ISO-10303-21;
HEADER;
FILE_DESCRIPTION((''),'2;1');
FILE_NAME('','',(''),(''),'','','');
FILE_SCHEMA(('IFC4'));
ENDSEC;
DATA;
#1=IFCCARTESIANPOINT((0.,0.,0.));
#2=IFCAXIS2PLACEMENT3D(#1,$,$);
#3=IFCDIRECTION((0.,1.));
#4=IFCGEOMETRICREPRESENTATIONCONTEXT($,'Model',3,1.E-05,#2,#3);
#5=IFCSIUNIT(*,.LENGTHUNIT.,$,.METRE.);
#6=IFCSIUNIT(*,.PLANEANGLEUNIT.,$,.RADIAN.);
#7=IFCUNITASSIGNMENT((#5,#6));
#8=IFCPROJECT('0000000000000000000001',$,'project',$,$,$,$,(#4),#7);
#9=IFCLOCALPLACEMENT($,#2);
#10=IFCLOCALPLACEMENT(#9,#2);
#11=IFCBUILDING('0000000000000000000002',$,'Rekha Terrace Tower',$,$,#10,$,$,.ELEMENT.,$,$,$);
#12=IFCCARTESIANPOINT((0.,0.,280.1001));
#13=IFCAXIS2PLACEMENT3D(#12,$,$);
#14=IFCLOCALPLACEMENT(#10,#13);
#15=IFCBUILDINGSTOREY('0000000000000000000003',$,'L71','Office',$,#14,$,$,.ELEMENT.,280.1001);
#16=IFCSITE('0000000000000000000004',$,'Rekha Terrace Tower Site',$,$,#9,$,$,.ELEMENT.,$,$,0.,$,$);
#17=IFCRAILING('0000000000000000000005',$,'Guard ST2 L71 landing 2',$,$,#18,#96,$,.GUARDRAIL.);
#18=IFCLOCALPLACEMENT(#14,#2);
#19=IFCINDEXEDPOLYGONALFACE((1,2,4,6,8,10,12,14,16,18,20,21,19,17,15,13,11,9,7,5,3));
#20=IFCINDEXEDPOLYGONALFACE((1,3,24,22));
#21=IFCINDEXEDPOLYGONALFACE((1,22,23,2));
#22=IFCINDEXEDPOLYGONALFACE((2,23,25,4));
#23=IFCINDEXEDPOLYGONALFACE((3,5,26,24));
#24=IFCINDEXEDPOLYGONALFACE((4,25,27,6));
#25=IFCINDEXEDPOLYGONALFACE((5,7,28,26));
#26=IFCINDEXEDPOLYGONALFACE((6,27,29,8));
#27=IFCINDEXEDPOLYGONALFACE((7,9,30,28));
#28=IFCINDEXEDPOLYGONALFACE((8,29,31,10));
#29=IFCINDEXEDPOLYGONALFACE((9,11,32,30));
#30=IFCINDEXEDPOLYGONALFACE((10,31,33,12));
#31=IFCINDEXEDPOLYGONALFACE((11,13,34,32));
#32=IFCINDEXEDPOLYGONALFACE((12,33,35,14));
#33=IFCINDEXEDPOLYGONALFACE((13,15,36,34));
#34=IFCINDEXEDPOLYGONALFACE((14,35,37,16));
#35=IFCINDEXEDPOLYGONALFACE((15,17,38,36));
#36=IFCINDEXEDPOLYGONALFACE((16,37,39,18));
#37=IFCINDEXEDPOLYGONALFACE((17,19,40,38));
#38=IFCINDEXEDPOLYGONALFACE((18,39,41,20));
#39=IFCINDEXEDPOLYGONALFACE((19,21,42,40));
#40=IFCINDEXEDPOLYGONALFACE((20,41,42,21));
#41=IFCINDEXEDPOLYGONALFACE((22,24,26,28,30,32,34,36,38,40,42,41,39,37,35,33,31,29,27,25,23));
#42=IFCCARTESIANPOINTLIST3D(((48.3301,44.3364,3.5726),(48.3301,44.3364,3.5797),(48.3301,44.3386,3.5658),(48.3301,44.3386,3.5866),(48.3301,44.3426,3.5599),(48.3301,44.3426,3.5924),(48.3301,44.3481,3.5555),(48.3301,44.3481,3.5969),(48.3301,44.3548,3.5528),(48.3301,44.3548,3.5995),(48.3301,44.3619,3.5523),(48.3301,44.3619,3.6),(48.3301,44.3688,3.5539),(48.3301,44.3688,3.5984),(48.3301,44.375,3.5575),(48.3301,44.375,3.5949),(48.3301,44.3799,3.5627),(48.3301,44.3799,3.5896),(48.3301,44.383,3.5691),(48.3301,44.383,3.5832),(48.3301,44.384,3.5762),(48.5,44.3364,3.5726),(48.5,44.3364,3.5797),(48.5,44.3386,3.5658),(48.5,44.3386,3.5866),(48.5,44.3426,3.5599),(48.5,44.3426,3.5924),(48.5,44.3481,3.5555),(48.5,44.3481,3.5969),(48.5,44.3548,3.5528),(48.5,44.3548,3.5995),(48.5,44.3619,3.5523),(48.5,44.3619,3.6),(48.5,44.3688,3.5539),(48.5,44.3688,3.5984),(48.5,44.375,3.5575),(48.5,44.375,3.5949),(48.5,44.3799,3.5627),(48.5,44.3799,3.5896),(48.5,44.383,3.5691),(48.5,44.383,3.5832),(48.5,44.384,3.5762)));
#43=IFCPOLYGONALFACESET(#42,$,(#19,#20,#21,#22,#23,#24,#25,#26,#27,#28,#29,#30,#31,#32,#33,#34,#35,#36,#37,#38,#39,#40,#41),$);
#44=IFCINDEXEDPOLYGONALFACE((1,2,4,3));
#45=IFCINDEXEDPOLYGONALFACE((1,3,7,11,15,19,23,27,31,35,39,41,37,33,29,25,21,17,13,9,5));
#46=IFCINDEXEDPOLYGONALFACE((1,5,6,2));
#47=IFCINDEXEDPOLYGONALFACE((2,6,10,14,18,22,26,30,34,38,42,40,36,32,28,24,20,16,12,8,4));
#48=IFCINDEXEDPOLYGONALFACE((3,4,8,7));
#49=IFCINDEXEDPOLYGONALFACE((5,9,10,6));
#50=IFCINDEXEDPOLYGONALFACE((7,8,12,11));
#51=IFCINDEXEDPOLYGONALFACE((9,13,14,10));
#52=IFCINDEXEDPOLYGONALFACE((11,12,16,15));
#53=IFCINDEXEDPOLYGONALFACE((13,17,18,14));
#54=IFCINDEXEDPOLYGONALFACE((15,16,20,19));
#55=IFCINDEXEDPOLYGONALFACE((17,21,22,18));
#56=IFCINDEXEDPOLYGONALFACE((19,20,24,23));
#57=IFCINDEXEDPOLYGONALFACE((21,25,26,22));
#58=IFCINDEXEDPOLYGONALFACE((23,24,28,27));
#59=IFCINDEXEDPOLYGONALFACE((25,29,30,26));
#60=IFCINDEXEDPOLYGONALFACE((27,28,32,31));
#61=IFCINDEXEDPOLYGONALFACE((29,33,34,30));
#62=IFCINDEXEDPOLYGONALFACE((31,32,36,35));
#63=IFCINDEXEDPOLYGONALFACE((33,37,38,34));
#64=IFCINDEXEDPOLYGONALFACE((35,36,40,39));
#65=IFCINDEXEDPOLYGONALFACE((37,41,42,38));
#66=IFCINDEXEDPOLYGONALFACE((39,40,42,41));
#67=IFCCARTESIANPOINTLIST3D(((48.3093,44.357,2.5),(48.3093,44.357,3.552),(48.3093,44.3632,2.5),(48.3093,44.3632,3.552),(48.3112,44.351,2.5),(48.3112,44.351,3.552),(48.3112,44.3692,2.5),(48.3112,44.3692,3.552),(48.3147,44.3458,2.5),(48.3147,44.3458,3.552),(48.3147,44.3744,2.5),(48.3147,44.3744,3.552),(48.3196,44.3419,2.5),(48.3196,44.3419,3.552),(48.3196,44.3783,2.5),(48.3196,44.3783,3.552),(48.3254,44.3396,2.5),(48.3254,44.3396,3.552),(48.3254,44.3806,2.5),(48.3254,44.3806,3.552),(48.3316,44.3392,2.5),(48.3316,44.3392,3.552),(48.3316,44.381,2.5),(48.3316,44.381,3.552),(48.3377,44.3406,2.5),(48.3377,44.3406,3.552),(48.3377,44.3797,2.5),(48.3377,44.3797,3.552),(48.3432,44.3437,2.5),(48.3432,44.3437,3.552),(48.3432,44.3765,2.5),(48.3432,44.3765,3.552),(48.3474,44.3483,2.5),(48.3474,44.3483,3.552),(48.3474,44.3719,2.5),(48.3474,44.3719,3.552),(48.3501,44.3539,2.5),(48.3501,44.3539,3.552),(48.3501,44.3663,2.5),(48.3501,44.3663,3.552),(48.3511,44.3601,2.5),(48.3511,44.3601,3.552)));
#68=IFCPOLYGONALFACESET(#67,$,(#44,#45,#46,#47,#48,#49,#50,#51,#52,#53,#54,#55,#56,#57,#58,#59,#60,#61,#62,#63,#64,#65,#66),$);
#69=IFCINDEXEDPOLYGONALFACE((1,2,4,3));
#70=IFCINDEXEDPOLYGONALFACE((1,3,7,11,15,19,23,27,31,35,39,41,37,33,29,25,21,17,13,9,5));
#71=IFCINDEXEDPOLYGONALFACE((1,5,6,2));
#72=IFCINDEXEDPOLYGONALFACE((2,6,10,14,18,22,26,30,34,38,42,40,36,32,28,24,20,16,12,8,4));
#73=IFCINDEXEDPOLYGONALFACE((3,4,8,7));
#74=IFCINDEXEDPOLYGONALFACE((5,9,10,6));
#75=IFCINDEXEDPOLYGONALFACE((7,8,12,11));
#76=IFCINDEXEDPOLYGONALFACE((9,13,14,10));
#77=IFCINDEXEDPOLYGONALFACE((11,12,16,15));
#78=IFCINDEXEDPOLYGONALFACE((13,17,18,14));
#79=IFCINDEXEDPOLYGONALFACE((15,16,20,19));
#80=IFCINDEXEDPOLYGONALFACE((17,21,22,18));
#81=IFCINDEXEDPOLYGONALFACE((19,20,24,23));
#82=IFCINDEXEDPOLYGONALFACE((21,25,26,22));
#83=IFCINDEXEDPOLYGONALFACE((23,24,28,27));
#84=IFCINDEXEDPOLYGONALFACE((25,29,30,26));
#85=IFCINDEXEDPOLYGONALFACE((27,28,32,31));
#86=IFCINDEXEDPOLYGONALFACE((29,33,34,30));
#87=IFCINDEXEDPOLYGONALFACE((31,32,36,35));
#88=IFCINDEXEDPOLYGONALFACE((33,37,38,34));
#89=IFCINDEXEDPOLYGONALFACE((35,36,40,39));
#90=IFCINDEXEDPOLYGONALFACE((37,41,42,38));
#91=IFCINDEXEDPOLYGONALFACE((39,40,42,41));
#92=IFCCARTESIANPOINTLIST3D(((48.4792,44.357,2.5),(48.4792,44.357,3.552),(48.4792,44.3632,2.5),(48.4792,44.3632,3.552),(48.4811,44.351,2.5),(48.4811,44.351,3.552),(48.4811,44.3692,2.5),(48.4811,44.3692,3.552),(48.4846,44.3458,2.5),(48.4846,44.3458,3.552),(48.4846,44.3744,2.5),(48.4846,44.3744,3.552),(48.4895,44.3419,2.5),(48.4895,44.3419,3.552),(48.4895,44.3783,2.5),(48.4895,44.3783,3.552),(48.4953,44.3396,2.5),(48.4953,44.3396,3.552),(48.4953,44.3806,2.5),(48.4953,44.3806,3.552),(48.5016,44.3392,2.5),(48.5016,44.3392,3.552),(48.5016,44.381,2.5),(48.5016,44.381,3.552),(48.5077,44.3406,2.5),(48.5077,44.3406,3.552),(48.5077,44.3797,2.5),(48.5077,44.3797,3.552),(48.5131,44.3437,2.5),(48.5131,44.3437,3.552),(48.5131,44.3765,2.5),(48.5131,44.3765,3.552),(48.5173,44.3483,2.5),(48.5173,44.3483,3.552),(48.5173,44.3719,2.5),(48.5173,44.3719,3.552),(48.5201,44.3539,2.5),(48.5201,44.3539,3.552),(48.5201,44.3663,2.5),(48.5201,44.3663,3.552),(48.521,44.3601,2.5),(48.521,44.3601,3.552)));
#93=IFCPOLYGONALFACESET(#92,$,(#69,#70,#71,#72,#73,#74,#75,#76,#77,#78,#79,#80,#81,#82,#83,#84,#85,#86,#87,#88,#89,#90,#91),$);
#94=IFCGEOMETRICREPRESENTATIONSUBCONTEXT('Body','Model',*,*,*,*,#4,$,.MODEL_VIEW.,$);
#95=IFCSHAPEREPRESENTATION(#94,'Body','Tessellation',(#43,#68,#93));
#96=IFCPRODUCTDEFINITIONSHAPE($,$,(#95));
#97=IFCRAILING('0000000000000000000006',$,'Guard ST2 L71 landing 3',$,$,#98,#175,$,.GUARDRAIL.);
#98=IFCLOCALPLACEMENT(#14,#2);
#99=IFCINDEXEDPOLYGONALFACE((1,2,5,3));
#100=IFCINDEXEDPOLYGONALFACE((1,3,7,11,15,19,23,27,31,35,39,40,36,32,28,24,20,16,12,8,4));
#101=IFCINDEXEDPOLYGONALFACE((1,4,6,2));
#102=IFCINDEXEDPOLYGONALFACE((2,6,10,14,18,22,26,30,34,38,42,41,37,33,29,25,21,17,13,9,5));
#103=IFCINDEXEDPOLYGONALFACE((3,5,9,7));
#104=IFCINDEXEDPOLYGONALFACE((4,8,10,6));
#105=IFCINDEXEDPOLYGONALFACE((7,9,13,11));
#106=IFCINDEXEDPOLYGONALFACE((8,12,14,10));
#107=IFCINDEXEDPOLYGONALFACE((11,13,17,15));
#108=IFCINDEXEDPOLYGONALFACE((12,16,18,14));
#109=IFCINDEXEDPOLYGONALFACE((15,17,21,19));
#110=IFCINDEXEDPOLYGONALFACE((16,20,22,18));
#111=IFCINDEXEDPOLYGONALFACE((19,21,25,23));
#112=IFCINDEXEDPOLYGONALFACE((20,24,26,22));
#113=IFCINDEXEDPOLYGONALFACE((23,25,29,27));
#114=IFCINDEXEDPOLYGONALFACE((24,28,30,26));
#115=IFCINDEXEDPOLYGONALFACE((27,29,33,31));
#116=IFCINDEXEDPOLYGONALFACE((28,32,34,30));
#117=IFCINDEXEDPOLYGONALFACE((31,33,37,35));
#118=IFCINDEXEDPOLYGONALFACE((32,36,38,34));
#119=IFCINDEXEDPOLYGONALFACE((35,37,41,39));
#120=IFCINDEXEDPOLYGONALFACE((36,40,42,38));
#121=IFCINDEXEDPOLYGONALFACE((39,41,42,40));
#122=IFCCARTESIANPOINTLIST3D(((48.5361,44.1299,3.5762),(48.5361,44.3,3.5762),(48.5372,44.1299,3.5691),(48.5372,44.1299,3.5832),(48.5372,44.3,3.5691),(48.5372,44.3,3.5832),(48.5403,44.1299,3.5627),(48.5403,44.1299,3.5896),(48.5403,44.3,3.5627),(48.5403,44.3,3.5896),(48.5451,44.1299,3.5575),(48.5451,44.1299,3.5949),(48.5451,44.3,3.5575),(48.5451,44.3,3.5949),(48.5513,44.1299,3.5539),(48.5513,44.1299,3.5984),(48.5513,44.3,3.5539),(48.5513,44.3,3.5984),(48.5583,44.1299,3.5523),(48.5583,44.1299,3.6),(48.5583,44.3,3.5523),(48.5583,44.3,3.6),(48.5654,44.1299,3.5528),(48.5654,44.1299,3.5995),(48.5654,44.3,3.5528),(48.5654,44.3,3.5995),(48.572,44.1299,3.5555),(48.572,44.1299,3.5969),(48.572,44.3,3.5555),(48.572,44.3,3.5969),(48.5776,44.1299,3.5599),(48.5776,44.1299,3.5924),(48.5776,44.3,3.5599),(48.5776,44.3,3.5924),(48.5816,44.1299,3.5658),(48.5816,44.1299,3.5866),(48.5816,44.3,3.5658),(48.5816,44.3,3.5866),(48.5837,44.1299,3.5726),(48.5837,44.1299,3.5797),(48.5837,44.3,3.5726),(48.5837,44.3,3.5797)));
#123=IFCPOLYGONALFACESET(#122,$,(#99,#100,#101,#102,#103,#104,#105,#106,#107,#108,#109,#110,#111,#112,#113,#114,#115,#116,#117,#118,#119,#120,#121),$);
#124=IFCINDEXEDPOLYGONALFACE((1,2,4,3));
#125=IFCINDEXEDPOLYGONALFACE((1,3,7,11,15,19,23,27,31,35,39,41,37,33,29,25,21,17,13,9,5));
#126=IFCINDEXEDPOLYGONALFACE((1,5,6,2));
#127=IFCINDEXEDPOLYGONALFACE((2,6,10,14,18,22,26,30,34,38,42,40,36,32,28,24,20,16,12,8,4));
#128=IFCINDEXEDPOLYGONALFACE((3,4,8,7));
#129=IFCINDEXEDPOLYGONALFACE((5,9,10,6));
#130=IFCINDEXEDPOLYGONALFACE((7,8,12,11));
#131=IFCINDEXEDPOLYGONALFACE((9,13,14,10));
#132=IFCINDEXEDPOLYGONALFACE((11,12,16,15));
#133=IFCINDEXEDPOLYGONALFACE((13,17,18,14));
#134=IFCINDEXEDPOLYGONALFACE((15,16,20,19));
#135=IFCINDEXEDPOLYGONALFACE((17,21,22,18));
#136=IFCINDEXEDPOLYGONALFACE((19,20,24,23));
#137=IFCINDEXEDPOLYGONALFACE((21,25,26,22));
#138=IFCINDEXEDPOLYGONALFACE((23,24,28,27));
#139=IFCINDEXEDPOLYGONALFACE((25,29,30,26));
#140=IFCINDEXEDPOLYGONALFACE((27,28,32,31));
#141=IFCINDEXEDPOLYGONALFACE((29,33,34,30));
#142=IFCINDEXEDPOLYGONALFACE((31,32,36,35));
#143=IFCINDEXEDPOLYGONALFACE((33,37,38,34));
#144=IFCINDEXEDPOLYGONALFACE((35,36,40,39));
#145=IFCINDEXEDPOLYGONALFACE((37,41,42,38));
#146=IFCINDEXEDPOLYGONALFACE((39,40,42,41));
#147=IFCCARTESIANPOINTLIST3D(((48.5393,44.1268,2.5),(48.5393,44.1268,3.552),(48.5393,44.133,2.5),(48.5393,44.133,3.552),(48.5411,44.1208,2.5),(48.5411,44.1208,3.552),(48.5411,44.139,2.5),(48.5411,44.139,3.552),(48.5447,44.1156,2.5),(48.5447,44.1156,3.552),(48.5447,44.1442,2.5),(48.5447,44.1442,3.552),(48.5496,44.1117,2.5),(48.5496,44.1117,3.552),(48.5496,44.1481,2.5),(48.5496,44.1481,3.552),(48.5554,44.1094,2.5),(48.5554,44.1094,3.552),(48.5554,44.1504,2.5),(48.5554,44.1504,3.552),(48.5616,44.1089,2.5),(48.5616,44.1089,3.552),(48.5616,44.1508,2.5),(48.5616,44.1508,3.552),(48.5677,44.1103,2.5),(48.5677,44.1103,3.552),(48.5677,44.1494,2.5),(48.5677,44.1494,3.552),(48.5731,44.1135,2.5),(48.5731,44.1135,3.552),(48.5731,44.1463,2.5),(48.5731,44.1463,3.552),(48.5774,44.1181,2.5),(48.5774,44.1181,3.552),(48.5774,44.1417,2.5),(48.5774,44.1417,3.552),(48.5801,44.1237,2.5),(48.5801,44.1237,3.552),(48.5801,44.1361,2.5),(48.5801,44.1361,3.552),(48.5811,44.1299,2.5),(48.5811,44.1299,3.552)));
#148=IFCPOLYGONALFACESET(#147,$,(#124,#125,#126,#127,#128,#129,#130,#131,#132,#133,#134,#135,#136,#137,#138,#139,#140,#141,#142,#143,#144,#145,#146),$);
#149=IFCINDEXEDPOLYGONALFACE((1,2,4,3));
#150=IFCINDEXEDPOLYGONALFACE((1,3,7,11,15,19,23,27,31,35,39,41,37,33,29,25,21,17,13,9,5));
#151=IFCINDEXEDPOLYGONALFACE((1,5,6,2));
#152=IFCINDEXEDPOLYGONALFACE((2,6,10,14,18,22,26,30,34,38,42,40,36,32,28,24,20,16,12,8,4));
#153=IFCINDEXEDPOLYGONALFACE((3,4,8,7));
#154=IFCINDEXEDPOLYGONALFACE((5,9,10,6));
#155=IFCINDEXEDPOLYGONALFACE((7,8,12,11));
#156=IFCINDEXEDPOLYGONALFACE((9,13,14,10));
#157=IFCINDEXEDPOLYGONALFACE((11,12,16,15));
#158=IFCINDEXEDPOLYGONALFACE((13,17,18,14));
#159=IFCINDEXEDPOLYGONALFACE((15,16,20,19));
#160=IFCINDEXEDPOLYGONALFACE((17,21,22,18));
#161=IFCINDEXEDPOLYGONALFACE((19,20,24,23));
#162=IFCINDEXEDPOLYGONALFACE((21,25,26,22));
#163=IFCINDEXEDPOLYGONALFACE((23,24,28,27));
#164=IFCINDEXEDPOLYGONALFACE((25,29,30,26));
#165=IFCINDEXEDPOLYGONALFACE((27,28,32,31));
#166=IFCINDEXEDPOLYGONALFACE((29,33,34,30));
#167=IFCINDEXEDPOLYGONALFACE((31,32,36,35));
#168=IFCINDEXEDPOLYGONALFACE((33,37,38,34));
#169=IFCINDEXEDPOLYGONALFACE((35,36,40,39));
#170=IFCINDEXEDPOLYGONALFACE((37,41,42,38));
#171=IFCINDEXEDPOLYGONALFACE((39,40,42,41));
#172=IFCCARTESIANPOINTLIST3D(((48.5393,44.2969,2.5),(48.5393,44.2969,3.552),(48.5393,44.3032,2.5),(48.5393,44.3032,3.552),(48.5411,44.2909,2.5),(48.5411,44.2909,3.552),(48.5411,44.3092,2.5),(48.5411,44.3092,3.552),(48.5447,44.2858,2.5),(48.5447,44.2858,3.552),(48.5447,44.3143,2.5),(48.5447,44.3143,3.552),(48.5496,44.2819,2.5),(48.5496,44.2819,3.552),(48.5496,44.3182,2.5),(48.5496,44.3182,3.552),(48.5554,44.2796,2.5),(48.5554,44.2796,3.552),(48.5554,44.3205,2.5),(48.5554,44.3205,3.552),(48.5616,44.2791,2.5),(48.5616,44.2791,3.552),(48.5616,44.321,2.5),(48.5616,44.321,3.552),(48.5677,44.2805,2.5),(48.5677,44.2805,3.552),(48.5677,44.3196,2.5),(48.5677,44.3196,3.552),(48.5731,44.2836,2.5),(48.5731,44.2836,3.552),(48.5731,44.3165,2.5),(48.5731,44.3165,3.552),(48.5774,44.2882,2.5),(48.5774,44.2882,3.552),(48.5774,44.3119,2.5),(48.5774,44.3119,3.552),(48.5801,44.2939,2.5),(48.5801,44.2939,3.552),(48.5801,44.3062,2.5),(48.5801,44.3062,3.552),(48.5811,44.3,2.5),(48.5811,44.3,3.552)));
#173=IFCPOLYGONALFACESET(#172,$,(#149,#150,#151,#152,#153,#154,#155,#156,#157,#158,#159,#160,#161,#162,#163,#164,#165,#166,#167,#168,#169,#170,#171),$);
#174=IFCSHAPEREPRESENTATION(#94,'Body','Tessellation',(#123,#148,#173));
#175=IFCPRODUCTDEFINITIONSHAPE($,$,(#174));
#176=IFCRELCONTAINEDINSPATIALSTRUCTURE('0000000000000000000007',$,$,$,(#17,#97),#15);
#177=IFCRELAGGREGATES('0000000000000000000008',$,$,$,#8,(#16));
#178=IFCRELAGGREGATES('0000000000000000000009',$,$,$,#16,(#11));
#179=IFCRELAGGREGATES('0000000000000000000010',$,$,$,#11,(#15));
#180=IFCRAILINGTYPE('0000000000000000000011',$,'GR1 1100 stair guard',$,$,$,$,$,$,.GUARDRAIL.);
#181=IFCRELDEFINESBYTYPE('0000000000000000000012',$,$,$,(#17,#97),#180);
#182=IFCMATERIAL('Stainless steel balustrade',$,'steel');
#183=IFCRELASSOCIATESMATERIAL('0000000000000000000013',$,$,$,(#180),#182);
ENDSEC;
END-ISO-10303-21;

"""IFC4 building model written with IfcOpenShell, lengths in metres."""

from ifc_helpers import new_model, si_unit, direction, frame, origin, origin_2d, place, context, subcontext, project, spatial, circle, extrude, material, type_object, element, save


model = new_model("IFC4")

# Units and contexts
model_context = context("Model", 3, precision=1e-05, world=origin(), true_north=direction((0.0, 1.0)))
body_context = subcontext(model_context, "Body", "Model", "MODEL_VIEW")
ifc_project = project(units=[si_unit("LENGTHUNIT", "METRE"), si_unit("PLANEANGLEUNIT", "RADIAN")], contexts=[model_context])

# Site, building, storey
site_placement = place(None, origin())
site = spatial("IfcSite", under=ifc_project, at=site_placement, Name="Rekha Terrace Tower Site", CompositionType="ELEMENT", RefElevation=0.0)
building_placement = place(site_placement, origin())
building = spatial("IfcBuilding", under=site, at=building_placement, Name="Rekha Terrace Tower", CompositionType="ELEMENT")
storey_placement = place(building_placement, frame((0.0, 0.0, 280.1001)))
storey = spatial("IfcBuildingStorey", under=building, at=storey_placement, Name="L71", Description="Office", CompositionType="ELEMENT", Elevation=280.1001)

# Railings
ifc_material_1 = material(Name="Stainless steel balustrade", Category="steel")
railing_type_1 = type_object("IfcRailingType", Name="GR1 1100 stair guard", PredefinedType="GUARDRAIL", material=ifc_material_1)
railing_1_placement = place(storey_placement, frame((48.3301, 44.3601, 2.5)))
element("IfcRailing", 1, at=railing_1_placement, inside=storey, type_object=railing_type_1, Name="Guard ST2 L71 landing 2", PredefinedType="GUARDRAIL", context=body_context, shape_type="SweptSolid", body=[
    extrude(circle(Radius=0.0239, at=origin_2d()), frame((0.0, 0.0, 1.0762), z_axis=(1.0, 0.0, 0.0), x_axis=(0.0, 1.0, 0.0)), (0.0, 0.0, 1.0), 0.1699),
    extrude(circle(Radius=0.021, at=origin_2d()), origin(), (0.0, 0.0, 1.0), 1.052),
    extrude(circle(Radius=0.021, at=origin_2d()), frame((0.1699, 0.0, 0.0)), (0.0, 0.0, 1.0), 1.052),
])
railing_2_placement = place(storey_placement, frame((48.5601, 44.1299, 2.5)))
element("IfcRailing", 2, at=railing_2_placement, inside=storey, type_object=railing_type_1, Name="Guard ST2 L71 landing 3", PredefinedType="GUARDRAIL", context=body_context, shape_type="SweptSolid", body=[
    extrude(circle(Radius=0.0239, at=origin_2d()), frame((0.0, 0.0, 1.0762), z_axis=(0.0, 1.0, 0.0), x_axis=(-1.0, 0.0, 0.0)), (0.0, 0.0, 1.0), 0.1702),
    extrude(circle(Radius=0.021, at=origin_2d()), origin(), (0.0, 0.0, 1.0), 1.052),
    extrude(circle(Radius=0.021, at=origin_2d()), frame((0.0, 0.1702, 0.0)), (0.0, 0.0, 1.0), 1.052),
])

save(model, "model.ifc")
